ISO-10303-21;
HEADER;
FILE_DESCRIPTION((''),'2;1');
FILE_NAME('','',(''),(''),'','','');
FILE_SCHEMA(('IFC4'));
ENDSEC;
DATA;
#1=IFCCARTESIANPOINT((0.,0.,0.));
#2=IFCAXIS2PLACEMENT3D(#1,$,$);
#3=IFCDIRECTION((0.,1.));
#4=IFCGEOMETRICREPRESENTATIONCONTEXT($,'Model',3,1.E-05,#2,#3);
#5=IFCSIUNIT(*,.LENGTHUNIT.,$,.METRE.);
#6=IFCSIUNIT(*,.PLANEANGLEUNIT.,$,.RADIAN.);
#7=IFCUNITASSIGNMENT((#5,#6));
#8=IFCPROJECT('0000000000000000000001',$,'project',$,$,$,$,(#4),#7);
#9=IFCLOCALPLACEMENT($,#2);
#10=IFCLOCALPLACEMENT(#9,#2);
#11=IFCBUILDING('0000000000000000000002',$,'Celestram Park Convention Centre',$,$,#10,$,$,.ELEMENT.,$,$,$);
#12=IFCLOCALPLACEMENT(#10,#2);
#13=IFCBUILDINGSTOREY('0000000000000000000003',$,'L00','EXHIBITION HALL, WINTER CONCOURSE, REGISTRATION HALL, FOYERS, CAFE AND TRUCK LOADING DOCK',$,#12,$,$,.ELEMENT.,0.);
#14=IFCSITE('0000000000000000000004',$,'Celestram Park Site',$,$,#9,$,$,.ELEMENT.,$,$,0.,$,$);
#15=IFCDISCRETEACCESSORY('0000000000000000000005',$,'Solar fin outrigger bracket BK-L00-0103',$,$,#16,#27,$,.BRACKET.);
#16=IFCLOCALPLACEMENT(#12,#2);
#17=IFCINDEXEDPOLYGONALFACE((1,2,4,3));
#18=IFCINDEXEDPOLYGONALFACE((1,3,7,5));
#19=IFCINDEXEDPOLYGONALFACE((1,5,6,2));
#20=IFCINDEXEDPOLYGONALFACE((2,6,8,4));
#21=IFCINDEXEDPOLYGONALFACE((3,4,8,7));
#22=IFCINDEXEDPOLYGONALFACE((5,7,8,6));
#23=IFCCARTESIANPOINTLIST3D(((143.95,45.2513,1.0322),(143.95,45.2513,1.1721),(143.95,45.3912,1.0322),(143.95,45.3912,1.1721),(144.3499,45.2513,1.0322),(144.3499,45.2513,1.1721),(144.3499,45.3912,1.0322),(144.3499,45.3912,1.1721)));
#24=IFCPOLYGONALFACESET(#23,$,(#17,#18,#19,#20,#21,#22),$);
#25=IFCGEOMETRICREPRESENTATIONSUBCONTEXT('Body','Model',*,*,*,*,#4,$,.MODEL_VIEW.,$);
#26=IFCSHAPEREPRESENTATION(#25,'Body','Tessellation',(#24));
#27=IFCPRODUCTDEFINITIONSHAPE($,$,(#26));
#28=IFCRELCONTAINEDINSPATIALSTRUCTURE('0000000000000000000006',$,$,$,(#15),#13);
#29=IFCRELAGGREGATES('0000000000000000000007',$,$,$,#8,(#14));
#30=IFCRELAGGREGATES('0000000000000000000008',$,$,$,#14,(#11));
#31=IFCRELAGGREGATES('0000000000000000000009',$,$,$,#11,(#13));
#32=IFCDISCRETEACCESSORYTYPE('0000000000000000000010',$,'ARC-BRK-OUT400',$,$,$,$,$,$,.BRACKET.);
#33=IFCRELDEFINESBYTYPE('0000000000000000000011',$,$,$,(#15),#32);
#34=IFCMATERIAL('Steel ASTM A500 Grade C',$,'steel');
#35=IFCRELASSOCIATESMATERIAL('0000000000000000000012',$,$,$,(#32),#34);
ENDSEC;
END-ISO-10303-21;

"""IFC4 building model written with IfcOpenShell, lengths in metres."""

from ifc_helpers import new_model, si_unit, direction, frame, origin, origin_2d, place, context, subcontext, project, spatial, rectangle, extrude, material, type_object, element, save


model = new_model("IFC4")

# Units and contexts
model_context = context("Model", 3, precision=1e-05, world=origin(), true_north=direction((0.0, 1.0)))
body_context = subcontext(model_context, "Body", "Model", "MODEL_VIEW")
ifc_project = project(units=[si_unit("LENGTHUNIT", "METRE"), si_unit("PLANEANGLEUNIT", "RADIAN")], contexts=[model_context])

# Site, building, storey
site_placement = place(None, origin())
site = spatial("IfcSite", under=ifc_project, at=site_placement, Name="Celestram Park Site", CompositionType="ELEMENT", RefElevation=0.0)
building_placement = place(site_placement, origin())
building = spatial("IfcBuilding", under=site, at=building_placement, Name="Celestram Park Convention Centre", CompositionType="ELEMENT")
storey_placement = place(building_placement, origin())
storey = spatial("IfcBuildingStorey", under=building, at=storey_placement, Name="L00", Description="EXHIBITION HALL, WINTER CONCOURSE, REGISTRATION HALL, FOYERS, CAFE AND TRUCK LOADING DOCK", CompositionType="ELEMENT", Elevation=0.0)

# Discrete accessory
ifc_material_1 = material(Name="Steel ASTM A500 Grade C", Category="steel")
discrete_accessory_type = type_object("IfcDiscreteAccessoryType", Name="ARC-BRK-OUT400", PredefinedType="BRACKET", material=ifc_material_1)
for number, where, z_axis, x_axis, name in (
    (1, (144.1499, 45.3213, 1.0322), (0.0, 0.0, 1.0), (1.0, 0.0, 0.0), "Solar fin outrigger bracket BK-L00-0103"),
):
    element("IfcDiscreteAccessory", number, at=place(storey_placement, frame(where, z_axis=z_axis, x_axis=x_axis)), inside=storey, type_object=discrete_accessory_type, Name=name, PredefinedType="BRACKET", context=body_context, shape_type="SweptSolid", body=[
        extrude(rectangle(XDim=0.3999, YDim=0.1399, at=origin_2d()), origin(), (0.0, 0.0, 1.0), 0.1399),
    ])

save(model, "model.ifc")
